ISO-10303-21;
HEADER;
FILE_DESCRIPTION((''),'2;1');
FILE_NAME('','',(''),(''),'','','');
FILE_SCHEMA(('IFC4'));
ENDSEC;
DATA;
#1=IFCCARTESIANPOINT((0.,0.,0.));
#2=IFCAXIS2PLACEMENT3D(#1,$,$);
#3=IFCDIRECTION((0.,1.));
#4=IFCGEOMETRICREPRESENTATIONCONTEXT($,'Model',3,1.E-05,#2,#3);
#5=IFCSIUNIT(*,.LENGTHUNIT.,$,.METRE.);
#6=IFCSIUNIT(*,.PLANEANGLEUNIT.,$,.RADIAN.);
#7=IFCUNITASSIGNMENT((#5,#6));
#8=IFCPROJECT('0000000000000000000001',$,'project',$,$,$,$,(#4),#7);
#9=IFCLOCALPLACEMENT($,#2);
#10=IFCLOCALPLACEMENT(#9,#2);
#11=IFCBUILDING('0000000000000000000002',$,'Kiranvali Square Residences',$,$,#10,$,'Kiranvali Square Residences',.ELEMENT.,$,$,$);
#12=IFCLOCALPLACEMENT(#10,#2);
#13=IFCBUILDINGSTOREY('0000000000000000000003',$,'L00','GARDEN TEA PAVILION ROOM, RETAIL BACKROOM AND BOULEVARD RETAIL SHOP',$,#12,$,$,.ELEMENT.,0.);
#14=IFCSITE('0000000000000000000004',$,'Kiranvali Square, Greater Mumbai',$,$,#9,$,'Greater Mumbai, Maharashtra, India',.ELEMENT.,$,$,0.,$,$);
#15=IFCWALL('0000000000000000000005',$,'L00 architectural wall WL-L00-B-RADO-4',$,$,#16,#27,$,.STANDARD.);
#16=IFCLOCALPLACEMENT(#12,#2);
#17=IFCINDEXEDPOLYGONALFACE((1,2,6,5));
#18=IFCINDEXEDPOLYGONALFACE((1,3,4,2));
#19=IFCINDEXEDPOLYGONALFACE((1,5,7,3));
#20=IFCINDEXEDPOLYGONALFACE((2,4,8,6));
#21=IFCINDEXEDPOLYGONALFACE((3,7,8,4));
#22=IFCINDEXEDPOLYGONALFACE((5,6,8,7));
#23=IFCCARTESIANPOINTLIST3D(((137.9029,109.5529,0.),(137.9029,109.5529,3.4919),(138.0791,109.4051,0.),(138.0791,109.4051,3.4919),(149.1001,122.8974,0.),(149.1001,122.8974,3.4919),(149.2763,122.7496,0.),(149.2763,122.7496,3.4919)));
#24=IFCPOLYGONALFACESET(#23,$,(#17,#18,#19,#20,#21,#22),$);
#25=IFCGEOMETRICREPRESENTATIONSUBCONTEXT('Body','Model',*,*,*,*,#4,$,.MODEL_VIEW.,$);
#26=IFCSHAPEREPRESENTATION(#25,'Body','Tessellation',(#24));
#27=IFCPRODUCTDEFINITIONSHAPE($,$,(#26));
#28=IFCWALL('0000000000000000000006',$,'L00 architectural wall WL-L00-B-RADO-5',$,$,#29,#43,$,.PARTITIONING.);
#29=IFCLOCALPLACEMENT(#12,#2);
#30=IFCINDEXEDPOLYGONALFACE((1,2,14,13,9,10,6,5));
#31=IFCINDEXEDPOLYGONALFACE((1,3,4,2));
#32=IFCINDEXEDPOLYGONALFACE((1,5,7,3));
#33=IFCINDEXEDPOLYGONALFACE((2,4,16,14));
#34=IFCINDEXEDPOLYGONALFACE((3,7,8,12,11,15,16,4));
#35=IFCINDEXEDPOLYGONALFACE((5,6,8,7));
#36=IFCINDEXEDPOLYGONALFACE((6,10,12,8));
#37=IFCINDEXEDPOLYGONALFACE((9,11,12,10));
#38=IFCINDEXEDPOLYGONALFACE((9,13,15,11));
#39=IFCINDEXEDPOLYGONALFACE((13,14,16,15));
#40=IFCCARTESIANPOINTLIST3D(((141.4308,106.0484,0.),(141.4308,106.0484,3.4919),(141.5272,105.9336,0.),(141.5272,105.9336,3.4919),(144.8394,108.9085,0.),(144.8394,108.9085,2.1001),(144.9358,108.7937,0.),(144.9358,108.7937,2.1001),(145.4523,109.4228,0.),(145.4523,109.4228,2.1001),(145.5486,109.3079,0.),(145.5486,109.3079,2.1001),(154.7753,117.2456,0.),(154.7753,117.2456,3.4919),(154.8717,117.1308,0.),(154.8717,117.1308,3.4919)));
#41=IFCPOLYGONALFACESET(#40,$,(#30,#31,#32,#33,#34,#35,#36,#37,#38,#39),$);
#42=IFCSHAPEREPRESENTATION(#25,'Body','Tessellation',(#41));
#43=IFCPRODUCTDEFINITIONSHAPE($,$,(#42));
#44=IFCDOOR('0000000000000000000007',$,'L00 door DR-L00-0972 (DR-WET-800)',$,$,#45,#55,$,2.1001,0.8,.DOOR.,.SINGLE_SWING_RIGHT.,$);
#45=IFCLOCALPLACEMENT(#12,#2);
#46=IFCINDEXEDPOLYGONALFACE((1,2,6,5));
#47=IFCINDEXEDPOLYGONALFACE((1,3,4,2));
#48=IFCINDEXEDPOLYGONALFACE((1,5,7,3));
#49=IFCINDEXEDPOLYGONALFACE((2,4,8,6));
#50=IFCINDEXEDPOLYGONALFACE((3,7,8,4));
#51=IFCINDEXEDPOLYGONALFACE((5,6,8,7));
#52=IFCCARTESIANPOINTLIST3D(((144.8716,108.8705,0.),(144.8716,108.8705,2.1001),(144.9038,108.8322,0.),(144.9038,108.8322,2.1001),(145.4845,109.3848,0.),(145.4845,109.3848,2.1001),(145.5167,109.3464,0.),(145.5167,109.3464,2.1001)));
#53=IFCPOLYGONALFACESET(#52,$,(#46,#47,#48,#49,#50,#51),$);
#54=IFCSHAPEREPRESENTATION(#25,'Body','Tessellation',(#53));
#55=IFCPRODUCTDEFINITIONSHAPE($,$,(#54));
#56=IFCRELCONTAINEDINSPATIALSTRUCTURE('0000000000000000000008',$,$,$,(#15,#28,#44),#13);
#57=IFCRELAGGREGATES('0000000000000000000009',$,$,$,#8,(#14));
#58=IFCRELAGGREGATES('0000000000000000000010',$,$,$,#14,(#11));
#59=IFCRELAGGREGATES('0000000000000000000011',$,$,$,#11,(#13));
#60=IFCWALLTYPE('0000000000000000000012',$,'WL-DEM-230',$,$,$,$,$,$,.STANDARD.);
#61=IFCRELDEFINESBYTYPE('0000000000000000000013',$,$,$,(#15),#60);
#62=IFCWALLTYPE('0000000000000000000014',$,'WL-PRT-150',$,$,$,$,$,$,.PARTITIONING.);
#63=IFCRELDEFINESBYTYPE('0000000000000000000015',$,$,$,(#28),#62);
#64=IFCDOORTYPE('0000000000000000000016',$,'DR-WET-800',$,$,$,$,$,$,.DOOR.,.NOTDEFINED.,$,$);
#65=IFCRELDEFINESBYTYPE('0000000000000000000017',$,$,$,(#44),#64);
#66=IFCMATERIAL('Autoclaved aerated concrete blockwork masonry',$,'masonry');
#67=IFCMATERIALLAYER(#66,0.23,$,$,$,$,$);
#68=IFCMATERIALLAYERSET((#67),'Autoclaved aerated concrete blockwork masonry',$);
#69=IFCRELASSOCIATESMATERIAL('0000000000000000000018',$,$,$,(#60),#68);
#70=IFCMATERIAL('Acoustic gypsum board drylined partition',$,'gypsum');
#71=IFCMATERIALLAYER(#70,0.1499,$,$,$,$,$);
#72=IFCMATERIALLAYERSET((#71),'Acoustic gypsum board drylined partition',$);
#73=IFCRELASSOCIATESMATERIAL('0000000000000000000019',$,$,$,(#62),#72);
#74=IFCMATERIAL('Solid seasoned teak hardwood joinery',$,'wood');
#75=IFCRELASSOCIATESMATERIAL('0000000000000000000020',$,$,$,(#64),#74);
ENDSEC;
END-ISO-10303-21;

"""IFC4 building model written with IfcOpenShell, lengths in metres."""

from ifc_helpers import new_model, si_unit, direction, frame, frame_2d, origin, place, context, subcontext, project, spatial, rectangle, extrude, material, layer, layer_set, type_object, element, fill, save


model = new_model("IFC4")

# Units and contexts
model_context = context("Model", 3, precision=1e-05, world=origin(), true_north=direction((0.0, 1.0)))
body_context = subcontext(model_context, "Body", "Model", "MODEL_VIEW")
ifc_project = project(units=[si_unit("LENGTHUNIT", "METRE"), si_unit("PLANEANGLEUNIT", "RADIAN")], contexts=[model_context])

# Site, building, storey
site_placement = place(None, origin())
site = spatial("IfcSite", under=ifc_project, at=site_placement, Name="Kiranvali Square, Greater Mumbai", LongName="Greater Mumbai, Maharashtra, India", CompositionType="ELEMENT", RefElevation=0.0)
building_placement = place(site_placement, origin())
building = spatial("IfcBuilding", under=site, at=building_placement, Name="Kiranvali Square Residences", LongName="Kiranvali Square Residences", CompositionType="ELEMENT")
storey_placement = place(building_placement, origin())
storey = spatial("IfcBuildingStorey", under=building, at=storey_placement, Name="L00", Description="GARDEN TEA PAVILION ROOM, RETAIL BACKROOM AND BOULEVARD RETAIL SHOP", CompositionType="ELEMENT", Elevation=0.0)

# Shared definitions
ifc_material_1 = material(Name="Autoclaved aerated concrete blockwork masonry", Category="masonry")

# Wall
ifc_layer_1 = layer(ifc_material_1, 0.23)
ifc_layer_set_1 = layer_set([ifc_layer_1], Name="Autoclaved aerated concrete blockwork masonry")
wall_type_1 = type_object("IfcWallType", Name="WL-DEM-230", PredefinedType="STANDARD", material=ifc_layer_set_1)
wall_1_placement = place(storey_placement, frame((137.991, 109.479, 0.0), z_axis=(0.0, 0.0, 1.0), x_axis=(0.642785, 0.766047, 0.0)))
element("IfcWall", 1, at=wall_1_placement, inside=storey, type_object=wall_type_1, Name="L00 architectural wall WL-L00-B-RADO-4", PredefinedType="STANDARD", context=body_context, shape_type="SweptSolid", body=[
    extrude(rectangle(XDim=17.4199, YDim=0.23, at=frame_2d((8.71, 0.0))), origin(), (0.0, 0.0, 1.0), 3.4919),
])

# Wall, opening, door
ifc_material_2 = material(Name="Acoustic gypsum board drylined partition", Category="gypsum")
ifc_layer_2 = layer(ifc_material_2, 0.1499)
ifc_layer_set_2 = layer_set([ifc_layer_2], Name="Acoustic gypsum board drylined partition")
wall_type_2 = type_object("IfcWallType", Name="WL-PRT-150", PredefinedType="PARTITIONING", material=ifc_layer_set_2)
wall_2_placement = place(storey_placement, frame((141.479, 105.991, 0.0), z_axis=(0.0, 0.0, 1.0), x_axis=(0.766047, 0.642785, 0.0)))
wall_2 = element("IfcWall", 2, at=wall_2_placement, inside=storey, type_object=wall_type_2, Name="L00 architectural wall WL-L00-B-RADO-5", PredefinedType="PARTITIONING", context=body_context, shape_type="SweptSolid", body=[
    extrude(rectangle(XDim=17.4199, YDim=0.1499, at=frame_2d((8.71, 0.0))), origin(), (0.0, 0.0, 1.0), 3.4919),
])
opening_1_placement = place(wall_2_placement, frame((4.4497, 0.0, 0.0)))
opening_1 = element("IfcOpeningElement", 3, at=opening_1_placement, cuts=wall_2, PredefinedType="OPENING", context=body_context, shape_type="SweptSolid", body=[
    extrude(rectangle(XDim=0.8, YDim=2.1001, at=frame_2d((0.3999, 1.05))), frame((0.0, 0.085, 0.0), z_axis=(0.0, -1.0, 0.0), x_axis=(1.0, 0.0, 0.0)), (0.0, 0.0, 1.0), 0.1699),
])
ifc_material_3 = material(Name="Solid seasoned teak hardwood joinery", Category="wood")
door_type_1 = type_object("IfcDoorType", Name="DR-WET-800", OperationType="NOTDEFINED", PredefinedType="DOOR", material=ifc_material_3)
door_1_placement = place(opening_1_placement, frame((0.8, 0.0, 0.0), z_axis=(0.0, 0.0, 1.0), x_axis=(-1.0, 0.0, 0.0)))
door_1 = element("IfcDoor", 4, at=door_1_placement, inside=storey, type_object=door_type_1, Name="L00 door DR-L00-0972 (DR-WET-800)", OperationType="SINGLE_SWING_RIGHT", OverallHeight=2.1001, OverallWidth=0.8, PredefinedType="DOOR", context=body_context, shape_type="SweptSolid", body=[
    extrude(rectangle(XDim=0.8, YDim=2.1001, at=frame_2d((0.3999, 1.05))), frame((0.0, 0.0249, 0.0), z_axis=(0.0, -1.0, 0.0), x_axis=(1.0, 0.0, 0.0)), (0.0, 0.0, 1.0), 0.05),
])
fill(opening_1, door_1)

save(model, "model.ifc")
